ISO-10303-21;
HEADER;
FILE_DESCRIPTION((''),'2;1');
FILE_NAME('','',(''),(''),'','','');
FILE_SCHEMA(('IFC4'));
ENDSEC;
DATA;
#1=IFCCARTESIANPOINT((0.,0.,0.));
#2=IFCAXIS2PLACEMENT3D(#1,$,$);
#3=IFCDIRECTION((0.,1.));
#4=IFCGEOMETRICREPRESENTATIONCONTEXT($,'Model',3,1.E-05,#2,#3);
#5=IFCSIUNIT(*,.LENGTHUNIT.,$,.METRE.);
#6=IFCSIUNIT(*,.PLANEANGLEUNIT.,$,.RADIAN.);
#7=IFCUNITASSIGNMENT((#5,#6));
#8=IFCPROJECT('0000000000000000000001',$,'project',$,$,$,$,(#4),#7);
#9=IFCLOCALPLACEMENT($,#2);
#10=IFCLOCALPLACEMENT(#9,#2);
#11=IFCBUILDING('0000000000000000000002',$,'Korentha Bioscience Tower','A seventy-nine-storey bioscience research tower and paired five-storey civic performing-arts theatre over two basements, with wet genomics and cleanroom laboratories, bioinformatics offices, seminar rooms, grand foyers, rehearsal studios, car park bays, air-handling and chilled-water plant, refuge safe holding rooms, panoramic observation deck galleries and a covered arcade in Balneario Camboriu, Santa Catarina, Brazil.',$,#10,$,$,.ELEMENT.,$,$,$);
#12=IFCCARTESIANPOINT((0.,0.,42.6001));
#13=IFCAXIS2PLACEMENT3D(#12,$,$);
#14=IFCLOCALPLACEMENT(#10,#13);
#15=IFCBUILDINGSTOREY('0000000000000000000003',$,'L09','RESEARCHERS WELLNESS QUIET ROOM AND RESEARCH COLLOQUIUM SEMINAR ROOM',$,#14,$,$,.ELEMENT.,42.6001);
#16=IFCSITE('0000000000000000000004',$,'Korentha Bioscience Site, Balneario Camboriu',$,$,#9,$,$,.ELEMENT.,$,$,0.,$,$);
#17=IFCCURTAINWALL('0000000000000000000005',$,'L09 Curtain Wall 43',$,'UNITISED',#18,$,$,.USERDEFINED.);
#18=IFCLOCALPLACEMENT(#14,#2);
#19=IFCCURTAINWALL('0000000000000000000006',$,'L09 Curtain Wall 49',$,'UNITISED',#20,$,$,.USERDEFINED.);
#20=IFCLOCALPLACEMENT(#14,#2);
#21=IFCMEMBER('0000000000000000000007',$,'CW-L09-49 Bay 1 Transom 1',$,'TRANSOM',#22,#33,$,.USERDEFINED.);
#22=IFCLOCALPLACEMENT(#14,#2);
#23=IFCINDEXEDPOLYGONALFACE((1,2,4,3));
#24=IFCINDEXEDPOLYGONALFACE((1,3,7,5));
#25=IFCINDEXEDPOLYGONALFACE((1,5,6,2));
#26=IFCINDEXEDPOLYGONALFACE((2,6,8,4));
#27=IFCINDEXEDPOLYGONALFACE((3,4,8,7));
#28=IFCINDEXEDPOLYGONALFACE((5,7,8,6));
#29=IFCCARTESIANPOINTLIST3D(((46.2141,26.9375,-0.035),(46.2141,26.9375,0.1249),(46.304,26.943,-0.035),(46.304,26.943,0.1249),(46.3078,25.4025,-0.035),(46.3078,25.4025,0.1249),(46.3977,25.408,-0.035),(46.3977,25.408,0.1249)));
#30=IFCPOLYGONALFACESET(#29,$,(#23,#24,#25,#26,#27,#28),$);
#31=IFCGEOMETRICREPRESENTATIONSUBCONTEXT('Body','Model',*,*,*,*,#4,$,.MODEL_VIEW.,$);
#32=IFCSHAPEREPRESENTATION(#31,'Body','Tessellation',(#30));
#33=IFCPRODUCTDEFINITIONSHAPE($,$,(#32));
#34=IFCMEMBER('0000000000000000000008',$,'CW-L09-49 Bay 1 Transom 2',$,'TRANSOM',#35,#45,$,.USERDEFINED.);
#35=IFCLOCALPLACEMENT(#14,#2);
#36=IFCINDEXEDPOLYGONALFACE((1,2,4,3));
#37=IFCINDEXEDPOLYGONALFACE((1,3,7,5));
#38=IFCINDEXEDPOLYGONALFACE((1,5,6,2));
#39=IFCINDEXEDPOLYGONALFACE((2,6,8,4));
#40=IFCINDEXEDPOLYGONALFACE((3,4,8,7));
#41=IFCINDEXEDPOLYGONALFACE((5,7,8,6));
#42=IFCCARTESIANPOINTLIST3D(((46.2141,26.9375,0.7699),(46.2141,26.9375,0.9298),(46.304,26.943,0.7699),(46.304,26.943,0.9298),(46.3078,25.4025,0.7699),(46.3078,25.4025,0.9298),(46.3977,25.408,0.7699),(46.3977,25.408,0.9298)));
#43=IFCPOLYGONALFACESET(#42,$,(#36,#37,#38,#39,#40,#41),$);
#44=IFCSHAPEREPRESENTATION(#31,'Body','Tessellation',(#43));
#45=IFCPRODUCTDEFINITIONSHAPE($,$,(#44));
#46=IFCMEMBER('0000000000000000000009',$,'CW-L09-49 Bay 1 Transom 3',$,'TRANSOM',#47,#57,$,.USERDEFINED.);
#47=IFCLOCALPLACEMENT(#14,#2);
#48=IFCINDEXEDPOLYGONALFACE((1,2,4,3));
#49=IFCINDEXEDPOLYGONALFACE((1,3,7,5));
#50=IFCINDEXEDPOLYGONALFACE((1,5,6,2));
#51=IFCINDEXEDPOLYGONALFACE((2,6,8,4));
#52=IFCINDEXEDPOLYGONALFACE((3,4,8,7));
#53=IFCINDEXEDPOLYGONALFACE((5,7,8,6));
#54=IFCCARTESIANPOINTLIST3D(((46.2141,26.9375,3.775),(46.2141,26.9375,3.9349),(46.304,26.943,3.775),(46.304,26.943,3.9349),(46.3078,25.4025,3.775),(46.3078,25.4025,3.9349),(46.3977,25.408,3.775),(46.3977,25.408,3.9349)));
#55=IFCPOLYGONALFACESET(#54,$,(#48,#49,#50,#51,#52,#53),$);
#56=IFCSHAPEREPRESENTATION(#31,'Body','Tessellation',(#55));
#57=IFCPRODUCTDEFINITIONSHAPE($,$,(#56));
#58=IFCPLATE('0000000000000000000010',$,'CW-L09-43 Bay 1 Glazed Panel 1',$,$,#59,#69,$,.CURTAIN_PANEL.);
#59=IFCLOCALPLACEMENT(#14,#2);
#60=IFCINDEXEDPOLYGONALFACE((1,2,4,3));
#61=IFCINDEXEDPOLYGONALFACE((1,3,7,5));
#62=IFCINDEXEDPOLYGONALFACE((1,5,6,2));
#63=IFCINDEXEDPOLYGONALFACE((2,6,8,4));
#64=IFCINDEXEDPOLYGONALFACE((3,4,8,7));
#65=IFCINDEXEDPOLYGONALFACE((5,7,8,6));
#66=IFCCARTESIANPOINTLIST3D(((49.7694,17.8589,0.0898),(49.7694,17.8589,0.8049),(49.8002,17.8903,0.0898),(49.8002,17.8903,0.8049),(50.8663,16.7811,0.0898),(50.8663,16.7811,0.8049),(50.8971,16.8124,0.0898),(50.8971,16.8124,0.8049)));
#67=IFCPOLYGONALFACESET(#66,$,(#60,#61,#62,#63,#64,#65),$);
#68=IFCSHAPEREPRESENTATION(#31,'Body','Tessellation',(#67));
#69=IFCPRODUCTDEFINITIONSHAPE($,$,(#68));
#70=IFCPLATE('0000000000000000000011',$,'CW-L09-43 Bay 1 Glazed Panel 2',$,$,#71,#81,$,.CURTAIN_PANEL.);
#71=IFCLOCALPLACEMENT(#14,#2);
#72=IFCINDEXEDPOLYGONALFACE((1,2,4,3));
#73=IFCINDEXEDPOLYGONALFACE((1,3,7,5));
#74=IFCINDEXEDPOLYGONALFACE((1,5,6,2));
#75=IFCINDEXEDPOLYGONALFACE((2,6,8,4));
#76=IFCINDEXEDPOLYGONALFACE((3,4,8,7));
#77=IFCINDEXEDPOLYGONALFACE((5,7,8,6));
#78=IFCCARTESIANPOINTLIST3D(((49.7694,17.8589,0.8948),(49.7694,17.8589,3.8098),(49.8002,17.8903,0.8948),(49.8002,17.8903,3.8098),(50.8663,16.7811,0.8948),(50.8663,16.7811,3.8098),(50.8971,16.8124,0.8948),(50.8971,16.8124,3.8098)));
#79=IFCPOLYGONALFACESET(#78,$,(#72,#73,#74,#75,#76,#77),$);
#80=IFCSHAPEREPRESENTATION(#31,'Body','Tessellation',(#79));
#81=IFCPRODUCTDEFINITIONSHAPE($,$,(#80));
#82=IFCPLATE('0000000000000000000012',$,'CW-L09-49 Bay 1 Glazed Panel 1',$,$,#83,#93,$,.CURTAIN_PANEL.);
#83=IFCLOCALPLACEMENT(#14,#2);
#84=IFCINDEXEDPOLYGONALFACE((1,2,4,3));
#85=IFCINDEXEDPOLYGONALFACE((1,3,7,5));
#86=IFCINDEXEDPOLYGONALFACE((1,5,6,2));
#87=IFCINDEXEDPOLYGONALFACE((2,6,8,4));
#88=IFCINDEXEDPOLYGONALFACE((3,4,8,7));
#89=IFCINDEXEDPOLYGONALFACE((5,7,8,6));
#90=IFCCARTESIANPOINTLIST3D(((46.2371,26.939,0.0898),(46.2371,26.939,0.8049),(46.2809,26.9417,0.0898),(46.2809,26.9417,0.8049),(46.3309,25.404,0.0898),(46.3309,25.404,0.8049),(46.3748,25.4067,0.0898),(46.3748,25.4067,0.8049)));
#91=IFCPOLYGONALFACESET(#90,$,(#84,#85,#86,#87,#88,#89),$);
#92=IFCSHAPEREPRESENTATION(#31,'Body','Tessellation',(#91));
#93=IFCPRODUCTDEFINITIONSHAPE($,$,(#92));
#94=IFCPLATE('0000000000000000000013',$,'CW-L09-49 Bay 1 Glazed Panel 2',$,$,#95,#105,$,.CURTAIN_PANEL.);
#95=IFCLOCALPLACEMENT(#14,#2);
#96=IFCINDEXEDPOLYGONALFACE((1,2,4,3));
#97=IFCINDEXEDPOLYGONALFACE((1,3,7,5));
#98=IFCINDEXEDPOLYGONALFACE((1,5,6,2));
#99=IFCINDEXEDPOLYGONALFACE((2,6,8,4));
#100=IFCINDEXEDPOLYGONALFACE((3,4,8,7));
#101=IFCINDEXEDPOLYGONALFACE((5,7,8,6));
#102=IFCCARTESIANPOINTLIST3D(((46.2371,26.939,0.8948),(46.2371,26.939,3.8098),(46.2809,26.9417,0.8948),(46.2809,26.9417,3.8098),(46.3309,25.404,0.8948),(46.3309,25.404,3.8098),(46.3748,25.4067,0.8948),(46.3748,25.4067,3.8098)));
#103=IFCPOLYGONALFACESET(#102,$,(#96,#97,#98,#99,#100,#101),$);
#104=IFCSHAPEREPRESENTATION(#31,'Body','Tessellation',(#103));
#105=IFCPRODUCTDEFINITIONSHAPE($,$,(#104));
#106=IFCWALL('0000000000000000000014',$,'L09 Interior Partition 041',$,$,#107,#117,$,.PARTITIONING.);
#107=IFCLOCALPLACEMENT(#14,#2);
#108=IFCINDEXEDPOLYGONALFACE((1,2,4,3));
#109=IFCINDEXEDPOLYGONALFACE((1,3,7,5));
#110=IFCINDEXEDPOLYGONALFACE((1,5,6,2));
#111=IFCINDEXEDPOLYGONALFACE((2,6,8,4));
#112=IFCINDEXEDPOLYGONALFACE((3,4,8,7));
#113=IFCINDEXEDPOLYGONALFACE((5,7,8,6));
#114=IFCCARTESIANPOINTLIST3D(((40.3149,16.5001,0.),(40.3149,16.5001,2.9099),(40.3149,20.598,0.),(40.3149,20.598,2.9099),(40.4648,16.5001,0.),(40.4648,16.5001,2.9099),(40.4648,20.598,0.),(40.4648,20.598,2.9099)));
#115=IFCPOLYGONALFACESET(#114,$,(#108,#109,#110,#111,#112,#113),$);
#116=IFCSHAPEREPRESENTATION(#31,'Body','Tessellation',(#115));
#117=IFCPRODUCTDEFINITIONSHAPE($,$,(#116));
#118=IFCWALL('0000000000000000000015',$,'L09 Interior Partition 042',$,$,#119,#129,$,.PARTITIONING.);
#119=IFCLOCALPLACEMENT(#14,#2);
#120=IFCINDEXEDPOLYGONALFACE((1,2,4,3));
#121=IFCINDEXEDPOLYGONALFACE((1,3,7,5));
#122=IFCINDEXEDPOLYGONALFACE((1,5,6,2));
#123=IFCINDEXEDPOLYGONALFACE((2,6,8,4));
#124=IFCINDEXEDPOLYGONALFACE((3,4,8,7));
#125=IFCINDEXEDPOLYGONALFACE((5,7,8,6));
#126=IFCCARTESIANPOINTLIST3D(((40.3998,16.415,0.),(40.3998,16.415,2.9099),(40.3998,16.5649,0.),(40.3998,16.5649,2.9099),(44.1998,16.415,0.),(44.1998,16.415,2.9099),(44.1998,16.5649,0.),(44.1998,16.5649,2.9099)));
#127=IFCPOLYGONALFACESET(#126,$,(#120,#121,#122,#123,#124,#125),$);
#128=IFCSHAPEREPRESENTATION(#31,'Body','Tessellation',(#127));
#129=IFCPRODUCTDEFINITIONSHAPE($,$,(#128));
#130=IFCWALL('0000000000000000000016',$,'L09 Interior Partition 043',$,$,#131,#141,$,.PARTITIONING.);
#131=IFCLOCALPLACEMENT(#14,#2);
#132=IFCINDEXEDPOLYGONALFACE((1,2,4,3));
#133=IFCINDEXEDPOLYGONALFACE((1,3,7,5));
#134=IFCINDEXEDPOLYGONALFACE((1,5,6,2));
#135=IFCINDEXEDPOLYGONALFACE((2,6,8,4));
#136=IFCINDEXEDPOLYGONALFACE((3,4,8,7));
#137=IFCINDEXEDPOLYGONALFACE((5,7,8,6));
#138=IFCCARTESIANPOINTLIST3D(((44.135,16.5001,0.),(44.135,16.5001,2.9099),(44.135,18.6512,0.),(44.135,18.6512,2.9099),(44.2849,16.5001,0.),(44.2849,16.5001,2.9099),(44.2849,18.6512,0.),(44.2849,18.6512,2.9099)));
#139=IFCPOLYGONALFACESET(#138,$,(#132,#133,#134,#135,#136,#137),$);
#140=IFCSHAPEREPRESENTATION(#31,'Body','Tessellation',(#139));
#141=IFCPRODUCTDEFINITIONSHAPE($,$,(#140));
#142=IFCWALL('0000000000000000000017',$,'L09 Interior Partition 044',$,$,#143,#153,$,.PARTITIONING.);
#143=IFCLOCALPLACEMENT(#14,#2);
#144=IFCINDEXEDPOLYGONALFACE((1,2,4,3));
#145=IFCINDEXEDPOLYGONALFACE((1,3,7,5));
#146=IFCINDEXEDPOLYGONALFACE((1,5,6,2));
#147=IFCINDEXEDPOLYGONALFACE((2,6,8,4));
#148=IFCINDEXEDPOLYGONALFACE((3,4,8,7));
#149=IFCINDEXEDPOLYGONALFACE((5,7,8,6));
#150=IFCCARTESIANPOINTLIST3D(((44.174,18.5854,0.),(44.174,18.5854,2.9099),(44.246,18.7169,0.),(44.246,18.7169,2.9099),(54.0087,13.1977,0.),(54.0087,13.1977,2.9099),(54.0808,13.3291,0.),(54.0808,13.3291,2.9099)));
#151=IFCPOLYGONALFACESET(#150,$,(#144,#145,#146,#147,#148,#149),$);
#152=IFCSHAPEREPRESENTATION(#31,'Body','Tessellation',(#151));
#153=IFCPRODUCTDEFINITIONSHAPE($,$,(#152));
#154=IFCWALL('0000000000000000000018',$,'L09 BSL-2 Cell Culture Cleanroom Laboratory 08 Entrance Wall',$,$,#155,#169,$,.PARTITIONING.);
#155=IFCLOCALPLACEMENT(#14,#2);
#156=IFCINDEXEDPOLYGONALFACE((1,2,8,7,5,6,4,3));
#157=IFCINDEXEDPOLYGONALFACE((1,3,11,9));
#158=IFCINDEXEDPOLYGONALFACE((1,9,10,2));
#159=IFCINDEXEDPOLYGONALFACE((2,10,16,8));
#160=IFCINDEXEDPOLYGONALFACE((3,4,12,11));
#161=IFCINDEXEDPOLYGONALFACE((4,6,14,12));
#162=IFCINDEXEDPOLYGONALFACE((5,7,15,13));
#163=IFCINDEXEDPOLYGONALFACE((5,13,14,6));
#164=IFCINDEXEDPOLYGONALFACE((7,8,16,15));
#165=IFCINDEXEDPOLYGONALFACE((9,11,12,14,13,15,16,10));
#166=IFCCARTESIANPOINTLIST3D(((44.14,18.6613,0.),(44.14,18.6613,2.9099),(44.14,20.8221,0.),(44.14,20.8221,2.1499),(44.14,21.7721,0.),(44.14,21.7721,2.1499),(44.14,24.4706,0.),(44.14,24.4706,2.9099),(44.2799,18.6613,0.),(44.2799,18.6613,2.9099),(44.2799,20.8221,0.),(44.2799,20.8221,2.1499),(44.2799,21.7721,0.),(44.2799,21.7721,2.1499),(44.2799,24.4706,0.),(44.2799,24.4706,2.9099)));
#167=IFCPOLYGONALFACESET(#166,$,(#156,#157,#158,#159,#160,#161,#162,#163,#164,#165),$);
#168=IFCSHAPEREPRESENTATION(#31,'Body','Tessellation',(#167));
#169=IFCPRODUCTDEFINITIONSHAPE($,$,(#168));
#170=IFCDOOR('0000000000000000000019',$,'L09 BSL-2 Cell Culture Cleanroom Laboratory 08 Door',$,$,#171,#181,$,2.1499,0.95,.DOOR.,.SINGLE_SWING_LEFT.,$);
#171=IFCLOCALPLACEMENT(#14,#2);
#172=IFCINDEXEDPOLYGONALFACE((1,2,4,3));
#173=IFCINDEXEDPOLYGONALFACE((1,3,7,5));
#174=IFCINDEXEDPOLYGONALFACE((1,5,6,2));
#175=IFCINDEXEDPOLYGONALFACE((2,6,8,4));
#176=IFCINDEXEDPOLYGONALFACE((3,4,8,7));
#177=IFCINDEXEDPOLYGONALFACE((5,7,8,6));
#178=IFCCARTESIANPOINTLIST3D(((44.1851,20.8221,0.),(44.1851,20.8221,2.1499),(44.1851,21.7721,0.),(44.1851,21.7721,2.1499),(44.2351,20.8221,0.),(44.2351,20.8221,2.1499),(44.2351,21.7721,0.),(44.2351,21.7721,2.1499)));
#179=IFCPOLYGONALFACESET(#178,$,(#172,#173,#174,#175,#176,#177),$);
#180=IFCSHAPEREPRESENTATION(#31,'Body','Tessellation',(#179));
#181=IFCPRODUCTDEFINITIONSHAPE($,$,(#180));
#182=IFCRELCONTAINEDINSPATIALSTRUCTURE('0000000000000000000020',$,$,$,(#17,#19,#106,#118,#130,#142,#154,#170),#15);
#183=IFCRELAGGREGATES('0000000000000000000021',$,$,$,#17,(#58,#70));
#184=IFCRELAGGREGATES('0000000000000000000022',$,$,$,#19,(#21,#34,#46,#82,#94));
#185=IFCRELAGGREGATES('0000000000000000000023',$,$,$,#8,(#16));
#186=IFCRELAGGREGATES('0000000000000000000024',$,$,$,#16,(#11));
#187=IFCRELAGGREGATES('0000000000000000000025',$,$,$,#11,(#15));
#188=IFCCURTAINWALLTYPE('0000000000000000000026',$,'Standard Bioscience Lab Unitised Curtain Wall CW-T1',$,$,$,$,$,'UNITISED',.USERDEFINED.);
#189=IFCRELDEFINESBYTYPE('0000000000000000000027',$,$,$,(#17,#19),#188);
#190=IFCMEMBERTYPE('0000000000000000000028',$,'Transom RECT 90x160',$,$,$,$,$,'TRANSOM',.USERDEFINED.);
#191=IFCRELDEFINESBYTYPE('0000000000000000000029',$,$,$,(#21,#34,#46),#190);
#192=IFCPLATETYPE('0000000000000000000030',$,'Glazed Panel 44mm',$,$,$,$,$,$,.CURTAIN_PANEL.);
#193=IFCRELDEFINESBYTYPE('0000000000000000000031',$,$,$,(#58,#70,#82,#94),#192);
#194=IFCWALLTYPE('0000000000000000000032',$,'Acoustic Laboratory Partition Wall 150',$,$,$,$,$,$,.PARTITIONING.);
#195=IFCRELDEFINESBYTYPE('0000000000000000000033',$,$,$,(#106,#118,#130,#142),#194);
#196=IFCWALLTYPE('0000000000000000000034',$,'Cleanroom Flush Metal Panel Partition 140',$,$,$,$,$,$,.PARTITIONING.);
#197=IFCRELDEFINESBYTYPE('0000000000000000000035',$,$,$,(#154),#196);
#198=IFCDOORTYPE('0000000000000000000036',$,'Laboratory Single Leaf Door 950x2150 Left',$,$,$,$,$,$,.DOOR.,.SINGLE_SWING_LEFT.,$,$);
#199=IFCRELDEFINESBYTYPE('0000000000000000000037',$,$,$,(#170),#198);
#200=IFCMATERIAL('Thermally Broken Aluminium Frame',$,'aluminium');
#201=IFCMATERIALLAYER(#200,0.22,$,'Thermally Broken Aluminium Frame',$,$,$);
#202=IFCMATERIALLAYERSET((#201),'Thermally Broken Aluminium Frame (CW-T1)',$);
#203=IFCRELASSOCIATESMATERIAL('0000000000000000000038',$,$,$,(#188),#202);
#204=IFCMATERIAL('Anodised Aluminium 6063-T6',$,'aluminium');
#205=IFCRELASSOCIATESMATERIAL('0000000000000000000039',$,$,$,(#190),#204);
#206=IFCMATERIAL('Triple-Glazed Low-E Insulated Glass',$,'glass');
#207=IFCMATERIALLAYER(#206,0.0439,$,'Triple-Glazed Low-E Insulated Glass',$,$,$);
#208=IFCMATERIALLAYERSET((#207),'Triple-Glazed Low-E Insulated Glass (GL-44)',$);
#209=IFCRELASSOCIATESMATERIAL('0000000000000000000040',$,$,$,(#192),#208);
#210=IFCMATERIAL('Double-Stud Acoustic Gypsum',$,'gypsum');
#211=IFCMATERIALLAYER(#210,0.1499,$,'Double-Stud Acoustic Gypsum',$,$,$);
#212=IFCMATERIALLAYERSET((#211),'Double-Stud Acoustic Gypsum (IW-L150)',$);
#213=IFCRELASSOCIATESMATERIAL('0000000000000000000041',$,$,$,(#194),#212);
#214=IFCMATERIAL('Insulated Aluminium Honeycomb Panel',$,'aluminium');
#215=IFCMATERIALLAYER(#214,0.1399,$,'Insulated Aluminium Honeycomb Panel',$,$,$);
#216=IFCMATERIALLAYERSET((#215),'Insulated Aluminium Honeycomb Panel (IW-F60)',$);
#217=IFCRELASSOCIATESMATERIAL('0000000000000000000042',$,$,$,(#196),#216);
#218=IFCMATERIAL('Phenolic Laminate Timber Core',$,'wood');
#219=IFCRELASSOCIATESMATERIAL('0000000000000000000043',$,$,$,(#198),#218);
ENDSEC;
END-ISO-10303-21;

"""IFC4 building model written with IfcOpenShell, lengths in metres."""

from ifc_helpers import new_model, si_unit, direction, frame, frame_2d, origin, origin_2d, place, context, subcontext, project, spatial, rectangle, extrude, material, layer, layer_set, material_profile, profile_set, type_object, element, fill, aggregate, save


model = new_model("IFC4")

# Units and contexts
model_context = context("Model", 3, precision=1e-05, world=origin(), true_north=direction((0.0, 1.0)))
body_context = subcontext(model_context, "Body", "Model", "MODEL_VIEW")
ifc_project = project(units=[si_unit("LENGTHUNIT", "METRE"), si_unit("PLANEANGLEUNIT", "RADIAN")], contexts=[model_context])

# Site, building, storey
site_placement = place(None, origin())
site = spatial("IfcSite", under=ifc_project, at=site_placement, Name="Korentha Bioscience Site, Balneario Camboriu", CompositionType="ELEMENT", RefElevation=0.0)
building_placement = place(site_placement, origin())
building = spatial("IfcBuilding", under=site, at=building_placement, Name="Korentha Bioscience Tower", Description="A seventy-nine-storey bioscience research tower and paired five-storey civic performing-arts theatre over two basements, with wet genomics and cleanroom laboratories, bioinformatics offices, seminar rooms, grand foyers, rehearsal studios, car park bays, air-handling and chilled-water plant, refuge safe holding rooms, panoramic observation deck galleries and a covered arcade in Balneario Camboriu, Santa Catarina, Brazil.", CompositionType="ELEMENT")
storey_placement = place(building_placement, frame((0.0, 0.0, 42.6001)))
storey = spatial("IfcBuildingStorey", under=building, at=storey_placement, Name="L09", Description="RESEARCHERS WELLNESS QUIET ROOM AND RESEARCH COLLOQUIUM SEMINAR ROOM", CompositionType="ELEMENT", Elevation=42.6001)

# Curtain wall
ifc_material_1 = material(Name="Thermally Broken Aluminium Frame", Category="aluminium")
ifc_layer_1 = layer(ifc_material_1, 0.22, Name="Thermally Broken Aluminium Frame")
ifc_layer_set_1 = layer_set([ifc_layer_1], Name="Thermally Broken Aluminium Frame (CW-T1)")
curtain_wall_type = type_object("IfcCurtainWallType", Name="Standard Bioscience Lab Unitised Curtain Wall CW-T1", ElementType="UNITISED", PredefinedType="USERDEFINED", material=ifc_layer_set_1)
curtain_wall_1_placement = place(storey_placement, origin())
curtain_wall_1 = element("IfcCurtainWall", 1, at=curtain_wall_1_placement, inside=storey, type_object=curtain_wall_type, Name="L09 Curtain Wall 43", ObjectType="UNITISED", PredefinedType="USERDEFINED")
ifc_material_2 = material(Name="Anodised Aluminium 6063-T6", Category="aluminium")

# Curtain wall
curtain_wall_2_placement = place(storey_placement, origin())
curtain_wall_2 = element("IfcCurtainWall", 2, at=curtain_wall_2_placement, inside=storey, type_object=curtain_wall_type, Name="L09 Curtain Wall 49", ObjectType="UNITISED", PredefinedType="USERDEFINED")

# Members
ifc_material_profile_1 = material_profile(ifc_material_2, rectangle(XDim=0.0901, YDim=0.1599, at=origin_2d()), Name="Anodised Aluminium 6063-T6")
ifc_profile_set_1 = profile_set([ifc_material_profile_1], Name="Anodised Aluminium 6063-T6 (CW-TRN)")
member_type_1 = type_object("IfcMemberType", Name="Transom RECT 90x160", ElementType="TRANSOM", PredefinedType="USERDEFINED", material=ifc_profile_set_1)
member_1_placement = place(storey_placement, frame((46.3528, 25.4053, 0.0449), z_axis=(-0.060965, 0.99814, 0.0), x_axis=(-0.99814, -0.060965, 0.0)))
member_1 = element("IfcMember", 3, at=member_1_placement, type_object=member_type_1, Name="CW-L09-49 Bay 1 Transom 1", ObjectType="TRANSOM", PredefinedType="USERDEFINED", context=body_context, shape_type="SweptSolid", body=[
    extrude(rectangle(XDim=0.0901, YDim=0.1599, at=origin_2d()), origin(), (0.0, 0.0, 1.0), 1.5378),
])
member_2_placement = place(storey_placement, frame((46.3528, 25.4053, 0.8499), z_axis=(-0.060965, 0.99814, 0.0), x_axis=(-0.99814, -0.060965, 0.0)))
member_2 = element("IfcMember", 4, at=member_2_placement, type_object=member_type_1, Name="CW-L09-49 Bay 1 Transom 2", ObjectType="TRANSOM", PredefinedType="USERDEFINED", context=body_context, shape_type="SweptSolid", body=[
    extrude(rectangle(XDim=0.0901, YDim=0.1599, at=origin_2d()), origin(), (0.0, 0.0, 1.0), 1.5378),
])
member_3_placement = place(storey_placement, frame((46.3528, 25.4053, 3.855), z_axis=(-0.060965, 0.99814, 0.0), x_axis=(-0.99814, -0.060965, 0.0)))
member_3 = element("IfcMember", 5, at=member_3_placement, type_object=member_type_1, Name="CW-L09-49 Bay 1 Transom 3", ObjectType="TRANSOM", PredefinedType="USERDEFINED", context=body_context, shape_type="SweptSolid", body=[
    extrude(rectangle(XDim=0.0901, YDim=0.1599, at=origin_2d()), origin(), (0.0, 0.0, 1.0), 1.5378),
])

# Plates
ifc_material_3 = material(Name="Triple-Glazed Low-E Insulated Glass", Category="glass")
ifc_layer_2 = layer(ifc_material_3, 0.0439, Name="Triple-Glazed Low-E Insulated Glass")
ifc_layer_set_2 = layer_set([ifc_layer_2], Name="Triple-Glazed Low-E Insulated Glass (GL-44)")
plate_type = type_object("IfcPlateType", Name="Glazed Panel 44mm", PredefinedType="CURTAIN_PANEL", material=ifc_layer_set_2)
plate_1_placement = place(storey_placement, frame((50.3333, 17.3357, 0.0898), z_axis=(0.0, 0.0, 1.0), x_axis=(-0.713279, 0.70088, 0.0)))
plate_1 = element("IfcPlate", 6, at=plate_1_placement, type_object=plate_type, Name="CW-L09-43 Bay 1 Glazed Panel 1", PredefinedType="CURTAIN_PANEL", context=body_context, shape_type="SweptSolid", body=[
    extrude(rectangle(XDim=1.5378, YDim=0.0439, at=origin_2d()), origin(), (0.0, 0.0, 1.0), 0.7151),
])
plate_2_placement = place(storey_placement, frame((50.3333, 17.3357, 0.8948), z_axis=(0.0, 0.0, 1.0), x_axis=(-0.713279, 0.70088, 0.0)))
plate_2 = element("IfcPlate", 7, at=plate_2_placement, type_object=plate_type, Name="CW-L09-43 Bay 1 Glazed Panel 2", PredefinedType="CURTAIN_PANEL", context=body_context, shape_type="SweptSolid", body=[
    extrude(rectangle(XDim=1.5378, YDim=0.0439, at=origin_2d()), origin(), (0.0, 0.0, 1.0), 2.915),
])
aggregate(curtain_wall_1, [plate_1, plate_2])
plate_3_placement = place(storey_placement, frame((46.3059, 26.1729, 0.0898), z_axis=(0.0, 0.0, 1.0), x_axis=(-0.061008, 0.998137, 0.0)))
plate_3 = element("IfcPlate", 8, at=plate_3_placement, type_object=plate_type, Name="CW-L09-49 Bay 1 Glazed Panel 1", PredefinedType="CURTAIN_PANEL", context=body_context, shape_type="SweptSolid", body=[
    extrude(rectangle(XDim=1.5378, YDim=0.0439, at=origin_2d()), origin(), (0.0, 0.0, 1.0), 0.7151),
])
plate_4_placement = place(storey_placement, frame((46.3059, 26.1729, 0.8948), z_axis=(0.0, 0.0, 1.0), x_axis=(-0.061008, 0.998137, 0.0)))
plate_4 = element("IfcPlate", 9, at=plate_4_placement, type_object=plate_type, Name="CW-L09-49 Bay 1 Glazed Panel 2", PredefinedType="CURTAIN_PANEL", context=body_context, shape_type="SweptSolid", body=[
    extrude(rectangle(XDim=1.5378, YDim=0.0439, at=origin_2d()), origin(), (0.0, 0.0, 1.0), 2.915),
])
aggregate(curtain_wall_2, [member_1, member_2, member_3, plate_3, plate_4])

# Walls
ifc_material_4 = material(Name="Double-Stud Acoustic Gypsum", Category="gypsum")
ifc_layer_3 = layer(ifc_material_4, 0.1499, Name="Double-Stud Acoustic Gypsum")
ifc_layer_set_3 = layer_set([ifc_layer_3], Name="Double-Stud Acoustic Gypsum (IW-L150)")
wall_type_1 = type_object("IfcWallType", Name="Acoustic Laboratory Partition Wall 150", PredefinedType="PARTITIONING", material=ifc_layer_set_3)
wall_1_placement = place(storey_placement, frame((40.3899, 20.5979, 0.0), z_axis=(0.0, 0.0, 1.0), x_axis=(0.0, -1.0, 0.0)))
element("IfcWall", 10, at=wall_1_placement, inside=storey, type_object=wall_type_1, Name="L09 Interior Partition 041", PredefinedType="PARTITIONING", context=body_context, shape_type="SweptSolid", body=[
    extrude(rectangle(XDim=4.0979, YDim=0.1499, at=frame_2d((2.0488, 0.0))), origin(), (0.0, 0.0, 1.0), 2.9099),
])
wall_2_placement = place(storey_placement, frame((40.3999, 16.49, 0.0), z_axis=(0.0, 0.0, 1.0), x_axis=(1.0, 0.0, 0.0)))
element("IfcWall", 11, at=wall_2_placement, inside=storey, type_object=wall_type_1, Name="L09 Interior Partition 042", PredefinedType="PARTITIONING", context=body_context, shape_type="SweptSolid", body=[
    extrude(rectangle(XDim=3.8, YDim=0.1499, at=frame_2d((1.8999, 0.0))), origin(), (0.0, 0.0, 1.0), 2.9099),
])
wall_3_placement = place(storey_placement, frame((44.21, 16.5, 0.0), z_axis=(0.0, 0.0, 1.0), x_axis=(0.0, 1.0, 0.0)))
element("IfcWall", 12, at=wall_3_placement, inside=storey, type_object=wall_type_1, Name="L09 Interior Partition 043", PredefinedType="PARTITIONING", context=body_context, shape_type="SweptSolid", body=[
    extrude(rectangle(XDim=2.1511, YDim=0.1499, at=frame_2d((1.0757, 0.0))), origin(), (0.0, 0.0, 1.0), 2.9099),
])
wall_4_placement = place(storey_placement, frame((44.21, 18.6511, 0.0), z_axis=(0.0, 0.0, 1.0), x_axis=(0.87702, -0.480453, 0.0)))
element("IfcWall", 13, at=wall_4_placement, inside=storey, type_object=wall_type_1, Name="L09 Interior Partition 044", PredefinedType="PARTITIONING", context=body_context, shape_type="SweptSolid", body=[
    extrude(rectangle(XDim=11.2139, YDim=0.1499, at=frame_2d((5.6069, 0.0))), origin(), (0.0, 0.0, 1.0), 2.9099),
])

# Wall, opening, door
ifc_material_5 = material(Name="Insulated Aluminium Honeycomb Panel", Category="aluminium")
ifc_layer_4 = layer(ifc_material_5, 0.1399, Name="Insulated Aluminium Honeycomb Panel")
ifc_layer_set_4 = layer_set([ifc_layer_4], Name="Insulated Aluminium Honeycomb Panel (IW-F60)")
wall_type_2 = type_object("IfcWallType", Name="Cleanroom Flush Metal Panel Partition 140", PredefinedType="PARTITIONING", material=ifc_layer_set_4)
wall_5_placement = place(storey_placement, frame((44.21, 18.6611, 0.0), z_axis=(0.0, 0.0, 1.0), x_axis=(0.0, 1.0, 0.0)))
wall_5 = element("IfcWall", 14, at=wall_5_placement, inside=storey, type_object=wall_type_2, Name="L09 BSL-2 Cell Culture Cleanroom Laboratory 08 Entrance Wall", PredefinedType="PARTITIONING", context=body_context, shape_type="SweptSolid", body=[
    extrude(rectangle(XDim=5.8093, YDim=0.1399, at=frame_2d((2.9048, 0.0))), origin(), (0.0, 0.0, 1.0), 2.9099),
])
opening_1_placement = place(wall_5_placement, frame((2.1609, 0.0, 0.0)))
opening_1 = element("IfcOpeningElement", 15, at=opening_1_placement, cuts=wall_5, PredefinedType="OPENING", context=body_context, shape_type="SweptSolid", body=[
    extrude(rectangle(XDim=0.95, YDim=2.1499, at=frame_2d((0.4751, 1.075))), frame((0.0, 0.085, 0.0), z_axis=(0.0, -1.0, 0.0), x_axis=(1.0, 0.0, 0.0)), (0.0, 0.0, 1.0), 0.1697),
])
ifc_material_6 = material(Name="Phenolic Laminate Timber Core", Category="wood")
door_type_1 = type_object("IfcDoorType", Name="Laboratory Single Leaf Door 950x2150 Left", OperationType="SINGLE_SWING_LEFT", PredefinedType="DOOR", material=ifc_material_6)
door_1_placement = place(opening_1_placement, origin())
door_1 = element("IfcDoor", 16, at=door_1_placement, inside=storey, type_object=door_type_1, Name="L09 BSL-2 Cell Culture Cleanroom Laboratory 08 Door", OperationType="SINGLE_SWING_LEFT", OverallHeight=2.1499, OverallWidth=0.95, PredefinedType="DOOR", context=body_context, shape_type="SweptSolid", body=[
    extrude(rectangle(XDim=0.95, YDim=2.1499, at=frame_2d((0.4751, 1.075))), frame((0.0, 0.0249, 0.0), z_axis=(0.0, -1.0, 0.0), x_axis=(1.0, 0.0, 0.0)), (0.0, 0.0, 1.0), 0.05),
])
fill(opening_1, door_1)

save(model, "model.ifc")
